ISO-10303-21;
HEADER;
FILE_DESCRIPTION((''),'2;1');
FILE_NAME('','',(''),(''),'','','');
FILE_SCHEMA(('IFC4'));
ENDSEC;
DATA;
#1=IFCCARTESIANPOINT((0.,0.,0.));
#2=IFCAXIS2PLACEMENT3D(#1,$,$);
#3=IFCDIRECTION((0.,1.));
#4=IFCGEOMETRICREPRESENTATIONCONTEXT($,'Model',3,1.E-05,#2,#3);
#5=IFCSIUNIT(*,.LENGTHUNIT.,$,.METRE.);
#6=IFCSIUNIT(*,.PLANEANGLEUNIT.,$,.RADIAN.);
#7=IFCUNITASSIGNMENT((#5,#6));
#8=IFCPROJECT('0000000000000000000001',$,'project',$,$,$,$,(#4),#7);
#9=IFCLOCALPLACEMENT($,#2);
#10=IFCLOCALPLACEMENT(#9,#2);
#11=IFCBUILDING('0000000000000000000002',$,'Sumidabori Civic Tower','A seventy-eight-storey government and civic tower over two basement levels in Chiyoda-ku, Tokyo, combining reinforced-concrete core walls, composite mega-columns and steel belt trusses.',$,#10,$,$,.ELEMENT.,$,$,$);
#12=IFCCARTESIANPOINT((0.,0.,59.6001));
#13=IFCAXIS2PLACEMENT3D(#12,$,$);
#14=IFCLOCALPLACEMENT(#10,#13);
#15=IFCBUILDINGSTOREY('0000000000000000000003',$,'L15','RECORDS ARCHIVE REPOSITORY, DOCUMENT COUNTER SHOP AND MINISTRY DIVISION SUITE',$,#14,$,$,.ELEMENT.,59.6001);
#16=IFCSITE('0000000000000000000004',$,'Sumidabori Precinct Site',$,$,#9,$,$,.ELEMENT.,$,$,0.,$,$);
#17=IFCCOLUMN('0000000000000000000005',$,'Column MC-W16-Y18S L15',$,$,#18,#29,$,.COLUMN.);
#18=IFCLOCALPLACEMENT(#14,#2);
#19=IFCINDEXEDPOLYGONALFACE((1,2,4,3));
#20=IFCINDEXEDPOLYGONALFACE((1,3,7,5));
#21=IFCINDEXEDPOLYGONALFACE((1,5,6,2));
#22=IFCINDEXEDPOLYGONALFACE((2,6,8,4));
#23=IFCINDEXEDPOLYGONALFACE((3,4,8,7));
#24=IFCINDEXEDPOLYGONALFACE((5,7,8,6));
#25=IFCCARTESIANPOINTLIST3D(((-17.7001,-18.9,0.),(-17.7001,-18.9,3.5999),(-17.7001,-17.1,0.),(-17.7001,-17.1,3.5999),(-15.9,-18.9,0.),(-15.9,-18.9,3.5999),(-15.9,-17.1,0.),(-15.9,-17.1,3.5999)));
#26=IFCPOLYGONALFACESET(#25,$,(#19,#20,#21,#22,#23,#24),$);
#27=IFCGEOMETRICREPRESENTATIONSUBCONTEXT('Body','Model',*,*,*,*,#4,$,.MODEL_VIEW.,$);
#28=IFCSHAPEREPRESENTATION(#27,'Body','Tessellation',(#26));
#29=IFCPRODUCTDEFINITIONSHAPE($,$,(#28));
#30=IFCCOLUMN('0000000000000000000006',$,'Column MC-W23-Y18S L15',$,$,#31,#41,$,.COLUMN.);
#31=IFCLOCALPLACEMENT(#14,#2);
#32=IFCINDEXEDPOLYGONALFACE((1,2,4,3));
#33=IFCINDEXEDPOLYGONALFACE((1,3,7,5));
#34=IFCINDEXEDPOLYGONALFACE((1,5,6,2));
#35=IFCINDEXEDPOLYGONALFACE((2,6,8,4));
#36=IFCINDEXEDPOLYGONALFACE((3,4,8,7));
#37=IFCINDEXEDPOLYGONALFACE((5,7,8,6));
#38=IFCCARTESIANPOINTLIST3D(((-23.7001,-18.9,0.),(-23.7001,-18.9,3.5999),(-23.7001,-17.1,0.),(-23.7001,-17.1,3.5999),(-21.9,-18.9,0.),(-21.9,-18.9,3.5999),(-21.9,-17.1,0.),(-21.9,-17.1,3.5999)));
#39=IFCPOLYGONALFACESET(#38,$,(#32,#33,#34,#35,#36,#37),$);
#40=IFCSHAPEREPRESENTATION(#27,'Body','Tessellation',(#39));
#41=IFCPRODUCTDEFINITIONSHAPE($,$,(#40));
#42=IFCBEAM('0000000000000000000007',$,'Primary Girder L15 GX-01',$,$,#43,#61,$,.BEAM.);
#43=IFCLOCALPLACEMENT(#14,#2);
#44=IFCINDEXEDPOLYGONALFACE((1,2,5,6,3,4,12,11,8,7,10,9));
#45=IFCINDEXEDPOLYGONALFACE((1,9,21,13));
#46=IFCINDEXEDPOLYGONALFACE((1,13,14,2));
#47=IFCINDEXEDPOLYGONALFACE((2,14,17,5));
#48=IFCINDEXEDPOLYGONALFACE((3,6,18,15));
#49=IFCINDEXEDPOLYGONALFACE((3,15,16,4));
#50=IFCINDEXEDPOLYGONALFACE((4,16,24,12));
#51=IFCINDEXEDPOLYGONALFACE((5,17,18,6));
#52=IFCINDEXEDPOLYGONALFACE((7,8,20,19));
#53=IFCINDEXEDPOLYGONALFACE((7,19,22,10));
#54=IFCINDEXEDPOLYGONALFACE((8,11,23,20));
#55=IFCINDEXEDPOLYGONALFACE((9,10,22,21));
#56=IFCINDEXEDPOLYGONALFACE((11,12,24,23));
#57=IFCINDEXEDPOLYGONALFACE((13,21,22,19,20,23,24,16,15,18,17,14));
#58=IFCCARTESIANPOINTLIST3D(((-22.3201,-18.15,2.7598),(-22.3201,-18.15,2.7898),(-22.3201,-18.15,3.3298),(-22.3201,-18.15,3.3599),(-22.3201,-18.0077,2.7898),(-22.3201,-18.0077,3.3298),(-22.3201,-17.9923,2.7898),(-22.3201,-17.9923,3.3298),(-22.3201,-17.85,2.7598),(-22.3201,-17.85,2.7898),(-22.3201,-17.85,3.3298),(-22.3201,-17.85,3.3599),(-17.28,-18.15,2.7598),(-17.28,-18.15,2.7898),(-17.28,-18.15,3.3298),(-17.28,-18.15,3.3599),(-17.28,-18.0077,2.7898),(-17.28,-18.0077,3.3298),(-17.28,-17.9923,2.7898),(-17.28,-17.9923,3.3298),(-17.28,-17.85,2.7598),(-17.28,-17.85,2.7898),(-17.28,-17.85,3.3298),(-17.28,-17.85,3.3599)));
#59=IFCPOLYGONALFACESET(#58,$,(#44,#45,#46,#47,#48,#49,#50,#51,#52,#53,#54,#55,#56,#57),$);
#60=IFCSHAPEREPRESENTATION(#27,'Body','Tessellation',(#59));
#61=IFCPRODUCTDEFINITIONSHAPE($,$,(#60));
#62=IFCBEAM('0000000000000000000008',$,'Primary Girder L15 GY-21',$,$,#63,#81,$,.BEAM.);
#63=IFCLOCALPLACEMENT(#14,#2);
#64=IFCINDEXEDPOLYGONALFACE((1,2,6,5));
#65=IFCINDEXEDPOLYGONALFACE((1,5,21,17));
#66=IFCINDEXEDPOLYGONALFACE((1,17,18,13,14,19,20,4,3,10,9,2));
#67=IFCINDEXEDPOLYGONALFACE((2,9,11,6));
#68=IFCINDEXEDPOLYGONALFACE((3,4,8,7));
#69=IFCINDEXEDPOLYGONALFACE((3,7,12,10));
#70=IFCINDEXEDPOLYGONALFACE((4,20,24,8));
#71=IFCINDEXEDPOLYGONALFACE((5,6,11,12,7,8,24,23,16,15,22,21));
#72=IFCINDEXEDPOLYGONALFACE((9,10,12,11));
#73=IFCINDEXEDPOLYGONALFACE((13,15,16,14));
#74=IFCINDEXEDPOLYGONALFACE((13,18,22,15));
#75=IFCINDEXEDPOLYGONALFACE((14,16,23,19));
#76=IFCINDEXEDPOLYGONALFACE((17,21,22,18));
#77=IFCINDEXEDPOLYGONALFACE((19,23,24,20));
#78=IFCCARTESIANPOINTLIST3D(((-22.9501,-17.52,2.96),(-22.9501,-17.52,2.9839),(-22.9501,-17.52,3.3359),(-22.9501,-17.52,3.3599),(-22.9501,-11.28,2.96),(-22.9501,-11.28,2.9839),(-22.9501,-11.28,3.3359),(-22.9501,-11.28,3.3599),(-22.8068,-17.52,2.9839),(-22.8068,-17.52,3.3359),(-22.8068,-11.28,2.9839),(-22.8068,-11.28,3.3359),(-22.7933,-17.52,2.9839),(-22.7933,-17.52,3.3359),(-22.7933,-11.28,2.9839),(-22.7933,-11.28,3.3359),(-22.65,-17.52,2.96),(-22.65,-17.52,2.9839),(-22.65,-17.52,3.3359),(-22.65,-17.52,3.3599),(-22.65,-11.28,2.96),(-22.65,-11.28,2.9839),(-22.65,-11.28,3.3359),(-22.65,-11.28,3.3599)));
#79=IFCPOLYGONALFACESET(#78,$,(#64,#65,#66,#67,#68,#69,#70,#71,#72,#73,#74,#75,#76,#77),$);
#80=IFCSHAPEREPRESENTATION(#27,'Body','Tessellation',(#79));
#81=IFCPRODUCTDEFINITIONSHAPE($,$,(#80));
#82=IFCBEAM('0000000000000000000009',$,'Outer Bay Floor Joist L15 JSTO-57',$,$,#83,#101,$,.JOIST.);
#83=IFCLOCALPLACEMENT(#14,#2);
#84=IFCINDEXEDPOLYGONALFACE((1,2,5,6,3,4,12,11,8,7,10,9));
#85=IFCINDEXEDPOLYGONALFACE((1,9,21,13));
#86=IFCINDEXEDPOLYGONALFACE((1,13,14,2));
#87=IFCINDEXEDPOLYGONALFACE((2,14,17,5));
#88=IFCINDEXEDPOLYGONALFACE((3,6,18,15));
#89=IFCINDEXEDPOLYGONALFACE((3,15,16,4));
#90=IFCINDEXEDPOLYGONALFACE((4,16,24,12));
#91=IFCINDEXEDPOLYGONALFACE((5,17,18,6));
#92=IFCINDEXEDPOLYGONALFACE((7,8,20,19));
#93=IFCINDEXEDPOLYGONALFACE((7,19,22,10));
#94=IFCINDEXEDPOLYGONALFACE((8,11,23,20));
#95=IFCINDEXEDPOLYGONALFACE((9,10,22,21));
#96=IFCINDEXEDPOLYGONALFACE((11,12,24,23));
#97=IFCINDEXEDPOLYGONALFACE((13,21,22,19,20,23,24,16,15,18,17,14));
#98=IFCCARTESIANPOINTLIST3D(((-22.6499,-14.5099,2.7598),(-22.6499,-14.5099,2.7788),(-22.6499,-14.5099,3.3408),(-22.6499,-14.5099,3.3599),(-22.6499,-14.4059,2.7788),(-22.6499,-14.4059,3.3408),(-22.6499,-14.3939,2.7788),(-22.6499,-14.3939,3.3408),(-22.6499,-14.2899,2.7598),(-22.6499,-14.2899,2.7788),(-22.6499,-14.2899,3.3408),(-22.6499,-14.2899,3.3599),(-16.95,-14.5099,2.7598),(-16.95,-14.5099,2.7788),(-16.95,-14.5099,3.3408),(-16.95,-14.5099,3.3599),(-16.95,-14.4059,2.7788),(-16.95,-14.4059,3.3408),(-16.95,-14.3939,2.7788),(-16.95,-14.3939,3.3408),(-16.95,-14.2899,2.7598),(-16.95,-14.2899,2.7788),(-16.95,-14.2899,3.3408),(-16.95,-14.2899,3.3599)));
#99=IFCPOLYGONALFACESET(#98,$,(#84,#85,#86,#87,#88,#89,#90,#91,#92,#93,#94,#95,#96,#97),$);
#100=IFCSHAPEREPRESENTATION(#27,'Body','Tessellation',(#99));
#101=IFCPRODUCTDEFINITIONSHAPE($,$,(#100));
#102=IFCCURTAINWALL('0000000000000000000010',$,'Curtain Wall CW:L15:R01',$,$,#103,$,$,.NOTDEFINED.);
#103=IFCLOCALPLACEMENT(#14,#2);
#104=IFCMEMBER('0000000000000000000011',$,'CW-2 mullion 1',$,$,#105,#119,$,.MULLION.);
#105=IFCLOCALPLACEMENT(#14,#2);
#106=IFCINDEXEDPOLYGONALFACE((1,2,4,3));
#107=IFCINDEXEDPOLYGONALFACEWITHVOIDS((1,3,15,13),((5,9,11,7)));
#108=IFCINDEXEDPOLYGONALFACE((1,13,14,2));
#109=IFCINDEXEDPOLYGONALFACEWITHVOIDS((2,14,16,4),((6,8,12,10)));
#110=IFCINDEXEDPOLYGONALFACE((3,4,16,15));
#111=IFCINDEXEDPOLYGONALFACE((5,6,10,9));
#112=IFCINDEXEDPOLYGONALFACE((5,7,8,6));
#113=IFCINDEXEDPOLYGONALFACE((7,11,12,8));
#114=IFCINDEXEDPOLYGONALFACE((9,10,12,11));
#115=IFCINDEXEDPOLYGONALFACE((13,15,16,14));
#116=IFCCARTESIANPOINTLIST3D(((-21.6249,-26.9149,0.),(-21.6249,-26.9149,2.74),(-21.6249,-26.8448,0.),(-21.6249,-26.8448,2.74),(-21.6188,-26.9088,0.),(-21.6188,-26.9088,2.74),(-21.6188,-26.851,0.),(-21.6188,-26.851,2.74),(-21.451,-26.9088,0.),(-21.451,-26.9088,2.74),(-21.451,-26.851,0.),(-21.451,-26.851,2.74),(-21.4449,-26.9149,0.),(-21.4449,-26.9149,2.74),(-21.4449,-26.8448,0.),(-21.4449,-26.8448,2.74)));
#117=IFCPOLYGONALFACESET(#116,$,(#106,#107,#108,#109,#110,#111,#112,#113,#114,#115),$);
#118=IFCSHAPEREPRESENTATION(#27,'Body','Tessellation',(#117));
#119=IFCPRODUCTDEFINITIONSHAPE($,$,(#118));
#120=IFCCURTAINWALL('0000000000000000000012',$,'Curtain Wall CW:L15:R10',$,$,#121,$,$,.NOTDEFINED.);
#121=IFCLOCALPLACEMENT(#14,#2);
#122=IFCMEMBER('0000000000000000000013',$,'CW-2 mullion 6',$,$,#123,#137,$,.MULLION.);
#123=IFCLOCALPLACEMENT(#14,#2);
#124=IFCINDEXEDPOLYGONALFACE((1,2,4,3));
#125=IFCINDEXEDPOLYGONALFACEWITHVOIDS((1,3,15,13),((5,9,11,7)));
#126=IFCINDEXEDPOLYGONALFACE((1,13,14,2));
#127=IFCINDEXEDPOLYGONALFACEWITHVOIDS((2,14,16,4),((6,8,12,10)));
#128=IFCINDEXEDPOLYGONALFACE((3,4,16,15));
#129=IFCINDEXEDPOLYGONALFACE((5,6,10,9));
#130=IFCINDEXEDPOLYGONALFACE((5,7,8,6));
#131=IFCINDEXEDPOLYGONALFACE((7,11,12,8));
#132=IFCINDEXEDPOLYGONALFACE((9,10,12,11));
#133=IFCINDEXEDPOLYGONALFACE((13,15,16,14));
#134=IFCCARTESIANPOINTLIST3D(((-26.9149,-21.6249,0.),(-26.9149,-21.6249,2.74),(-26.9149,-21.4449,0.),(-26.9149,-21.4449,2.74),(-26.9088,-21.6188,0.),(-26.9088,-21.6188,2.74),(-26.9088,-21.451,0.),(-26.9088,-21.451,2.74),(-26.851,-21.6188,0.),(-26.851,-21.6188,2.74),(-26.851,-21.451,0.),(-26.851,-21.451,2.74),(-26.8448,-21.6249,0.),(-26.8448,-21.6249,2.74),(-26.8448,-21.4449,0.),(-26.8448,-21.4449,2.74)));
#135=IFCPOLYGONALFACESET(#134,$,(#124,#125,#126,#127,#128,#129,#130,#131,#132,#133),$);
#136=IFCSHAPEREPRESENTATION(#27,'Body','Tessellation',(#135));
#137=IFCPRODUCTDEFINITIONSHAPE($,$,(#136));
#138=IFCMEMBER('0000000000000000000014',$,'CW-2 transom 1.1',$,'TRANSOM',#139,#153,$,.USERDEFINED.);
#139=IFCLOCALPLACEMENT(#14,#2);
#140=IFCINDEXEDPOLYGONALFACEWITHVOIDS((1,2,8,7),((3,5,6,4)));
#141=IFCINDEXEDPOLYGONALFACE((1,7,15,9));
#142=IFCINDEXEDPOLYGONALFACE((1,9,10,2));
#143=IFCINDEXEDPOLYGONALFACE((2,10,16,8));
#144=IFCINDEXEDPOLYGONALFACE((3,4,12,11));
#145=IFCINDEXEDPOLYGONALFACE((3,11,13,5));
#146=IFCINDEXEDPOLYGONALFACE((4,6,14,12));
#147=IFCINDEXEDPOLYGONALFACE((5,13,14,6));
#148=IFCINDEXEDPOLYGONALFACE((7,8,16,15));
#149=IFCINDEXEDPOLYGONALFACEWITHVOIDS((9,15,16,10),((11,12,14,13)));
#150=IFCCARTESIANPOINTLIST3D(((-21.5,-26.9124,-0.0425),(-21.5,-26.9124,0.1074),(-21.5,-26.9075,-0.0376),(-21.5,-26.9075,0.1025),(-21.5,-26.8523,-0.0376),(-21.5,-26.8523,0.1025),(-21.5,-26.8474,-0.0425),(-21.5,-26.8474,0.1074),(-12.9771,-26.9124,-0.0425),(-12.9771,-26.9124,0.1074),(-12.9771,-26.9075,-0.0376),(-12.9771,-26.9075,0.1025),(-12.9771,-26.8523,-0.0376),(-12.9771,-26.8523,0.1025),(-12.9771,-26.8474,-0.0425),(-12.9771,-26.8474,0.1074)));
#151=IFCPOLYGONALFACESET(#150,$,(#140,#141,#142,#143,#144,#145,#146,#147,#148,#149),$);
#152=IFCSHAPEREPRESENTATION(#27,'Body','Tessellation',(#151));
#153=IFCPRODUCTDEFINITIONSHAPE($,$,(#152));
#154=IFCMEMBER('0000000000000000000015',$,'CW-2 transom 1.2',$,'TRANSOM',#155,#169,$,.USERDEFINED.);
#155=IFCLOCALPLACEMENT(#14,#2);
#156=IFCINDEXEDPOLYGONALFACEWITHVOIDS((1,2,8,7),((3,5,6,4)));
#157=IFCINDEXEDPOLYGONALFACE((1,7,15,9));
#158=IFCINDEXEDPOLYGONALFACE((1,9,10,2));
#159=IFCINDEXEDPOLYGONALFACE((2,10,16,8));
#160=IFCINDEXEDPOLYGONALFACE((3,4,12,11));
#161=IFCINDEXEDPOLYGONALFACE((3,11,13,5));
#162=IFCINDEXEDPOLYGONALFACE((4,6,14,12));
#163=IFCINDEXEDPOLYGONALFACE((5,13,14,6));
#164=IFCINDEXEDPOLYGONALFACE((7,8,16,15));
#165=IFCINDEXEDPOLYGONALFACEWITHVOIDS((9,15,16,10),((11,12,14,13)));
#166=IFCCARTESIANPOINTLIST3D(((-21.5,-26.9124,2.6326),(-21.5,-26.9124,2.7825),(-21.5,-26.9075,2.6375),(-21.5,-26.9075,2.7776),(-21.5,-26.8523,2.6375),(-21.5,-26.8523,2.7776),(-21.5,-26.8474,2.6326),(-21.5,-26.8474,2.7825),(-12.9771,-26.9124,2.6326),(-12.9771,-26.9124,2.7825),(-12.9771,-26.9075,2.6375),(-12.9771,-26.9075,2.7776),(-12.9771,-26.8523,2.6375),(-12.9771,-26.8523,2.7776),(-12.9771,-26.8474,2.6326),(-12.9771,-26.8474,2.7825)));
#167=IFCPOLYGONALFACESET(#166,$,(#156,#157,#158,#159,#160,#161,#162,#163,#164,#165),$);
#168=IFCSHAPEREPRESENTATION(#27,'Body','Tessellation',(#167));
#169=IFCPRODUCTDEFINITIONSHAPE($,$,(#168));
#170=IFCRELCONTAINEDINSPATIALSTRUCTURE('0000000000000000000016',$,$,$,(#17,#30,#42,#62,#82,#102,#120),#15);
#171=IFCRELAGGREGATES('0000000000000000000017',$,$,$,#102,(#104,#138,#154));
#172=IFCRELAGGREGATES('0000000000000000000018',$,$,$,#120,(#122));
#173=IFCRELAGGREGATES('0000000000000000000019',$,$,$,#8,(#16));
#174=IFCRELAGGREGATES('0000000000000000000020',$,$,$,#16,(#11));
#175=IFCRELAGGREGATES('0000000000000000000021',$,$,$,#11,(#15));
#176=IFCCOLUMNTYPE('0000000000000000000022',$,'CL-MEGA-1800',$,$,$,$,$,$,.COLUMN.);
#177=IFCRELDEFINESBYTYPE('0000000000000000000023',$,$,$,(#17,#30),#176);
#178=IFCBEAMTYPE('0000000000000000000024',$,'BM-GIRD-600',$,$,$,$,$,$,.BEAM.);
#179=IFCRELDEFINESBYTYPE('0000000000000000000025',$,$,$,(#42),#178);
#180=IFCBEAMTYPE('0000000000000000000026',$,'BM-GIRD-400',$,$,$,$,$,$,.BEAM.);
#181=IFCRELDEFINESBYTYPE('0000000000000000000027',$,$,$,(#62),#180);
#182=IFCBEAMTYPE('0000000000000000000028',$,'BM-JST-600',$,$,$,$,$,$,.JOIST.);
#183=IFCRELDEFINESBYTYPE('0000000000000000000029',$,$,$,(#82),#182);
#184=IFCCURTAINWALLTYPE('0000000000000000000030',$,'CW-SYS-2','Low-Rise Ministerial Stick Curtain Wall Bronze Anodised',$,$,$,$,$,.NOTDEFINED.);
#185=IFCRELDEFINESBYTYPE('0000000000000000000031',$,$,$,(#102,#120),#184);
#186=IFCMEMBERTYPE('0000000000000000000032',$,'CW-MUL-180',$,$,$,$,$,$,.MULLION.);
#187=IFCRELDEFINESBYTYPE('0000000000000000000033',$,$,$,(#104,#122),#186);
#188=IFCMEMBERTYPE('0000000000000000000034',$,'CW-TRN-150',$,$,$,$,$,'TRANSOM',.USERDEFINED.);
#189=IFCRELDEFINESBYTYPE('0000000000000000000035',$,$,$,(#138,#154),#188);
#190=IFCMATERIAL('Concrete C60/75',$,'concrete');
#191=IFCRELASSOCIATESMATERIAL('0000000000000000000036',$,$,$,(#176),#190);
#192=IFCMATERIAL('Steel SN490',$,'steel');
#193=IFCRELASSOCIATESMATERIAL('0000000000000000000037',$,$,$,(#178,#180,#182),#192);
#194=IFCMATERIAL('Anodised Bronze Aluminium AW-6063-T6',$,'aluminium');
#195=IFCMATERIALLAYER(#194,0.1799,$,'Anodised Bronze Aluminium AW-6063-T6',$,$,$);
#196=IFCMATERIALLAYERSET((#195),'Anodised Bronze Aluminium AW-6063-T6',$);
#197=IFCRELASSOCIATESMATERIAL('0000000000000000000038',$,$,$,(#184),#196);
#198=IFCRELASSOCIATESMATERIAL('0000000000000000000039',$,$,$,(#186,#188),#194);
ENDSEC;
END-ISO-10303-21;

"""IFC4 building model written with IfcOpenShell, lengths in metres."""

from ifc_helpers import new_model, si_unit, direction, frame, origin, origin_2d, place, context, subcontext, project, spatial, rectangle, hollow_rectangle, i_section, extrude, source, transform, mapped, material, layer, layer_set, material_profile, profile_set, type_object, element, aggregate, save


model = new_model("IFC4")

# Units and contexts
model_context = context("Model", 3, precision=1e-05, world=origin(), true_north=direction((0.0, 1.0)))
body_context = subcontext(model_context, "Body", "Model", "MODEL_VIEW")
ifc_project = project(units=[si_unit("LENGTHUNIT", "METRE"), si_unit("PLANEANGLEUNIT", "RADIAN")], contexts=[model_context])

# Site, building, storey
site_placement = place(None, origin())
site = spatial("IfcSite", under=ifc_project, at=site_placement, Name="Sumidabori Precinct Site", CompositionType="ELEMENT", RefElevation=0.0)
building_placement = place(site_placement, origin())
building = spatial("IfcBuilding", under=site, at=building_placement, Name="Sumidabori Civic Tower", Description="A seventy-eight-storey government and civic tower over two basement levels in Chiyoda-ku, Tokyo, combining reinforced-concrete core walls, composite mega-columns and steel belt trusses.", CompositionType="ELEMENT")
storey_placement = place(building_placement, frame((0.0, 0.0, 59.6001)))
storey = spatial("IfcBuildingStorey", under=building, at=storey_placement, Name="L15", Description="RECORDS ARCHIVE REPOSITORY, DOCUMENT COUNTER SHOP AND MINISTRY DIVISION SUITE", CompositionType="ELEMENT", Elevation=59.6001)

# Columns
ifc_material_1 = material(Name="Concrete C60/75", Category="concrete")
ifc_material_profile_1 = material_profile(ifc_material_1, rectangle(XDim=1.8, YDim=1.8, at=origin_2d()), Name="RC 1800x1800")
ifc_profile_set_1 = profile_set([ifc_material_profile_1], Name="Concrete C60/75")
column_type = type_object("IfcColumnType", Name="CL-MEGA-1800", PredefinedType="COLUMN", material=ifc_profile_set_1)
shared_shape_1 = source(origin(), body_context, "Body", "SweptSolid", [
    extrude(rectangle(XDim=1.8, YDim=1.8, at=origin_2d()), origin(), (0.0, 0.0, 1.0), 3.5999),
])
for number, where, z_axis, x_axis, name in (
    (1, (-16.8, -18.0, 0.0), (0.0, 0.0, 1.0), (1.0, 0.0, 0.0), "Column MC-W16-Y18S L15"),
    (2, (-22.8, -18.0, 0.0), (0.0, 0.0, 1.0), (1.0, 0.0, 0.0), "Column MC-W23-Y18S L15"),
):
    element("IfcColumn", number, at=place(storey_placement, frame(where, z_axis=z_axis, x_axis=x_axis)), inside=storey, type_object=column_type, Name=name, PredefinedType="COLUMN", context=body_context, shape_type="MappedRepresentation", body=[
        mapped(shared_shape_1, transform((0.0, 0.0, 0.0), x_axis=(1.0, 0.0, 0.0), y_axis=(0.0, 1.0, 0.0), z_axis=(0.0, 0.0, 1.0), scale=1.0)),
    ])

# Beams
ifc_material_2 = material(Name="Steel SN490", Category="steel")
ifc_material_profile_2 = material_profile(ifc_material_2, i_section(OverallWidth=0.3, OverallDepth=0.6001, WebThickness=0.0154, FlangeThickness=0.03, at=origin_2d()), Name="HE 600 B")
ifc_profile_set_2 = profile_set([ifc_material_profile_2], Name="Steel SN490")
beam_type_1 = type_object("IfcBeamType", Name="BM-GIRD-600", PredefinedType="BEAM", material=ifc_profile_set_2)
shared_shape_2 = source(origin(), body_context, "Body", "SweptSolid", [
    extrude(i_section(OverallWidth=0.3, OverallDepth=0.6001, WebThickness=0.0154, FlangeThickness=0.03, at=origin_2d()), origin(), (0.0, 0.0, 1.0), 5.04),
])
beam_1_placement = place(storey_placement, frame((-22.3201, -18.0, 3.0598), z_axis=(1.0, 0.0, 0.0), x_axis=(0.0, 1.0, 0.0)))
element("IfcBeam", 3, at=beam_1_placement, inside=storey, type_object=beam_type_1, Name="Primary Girder L15 GX-01", PredefinedType="BEAM", context=body_context, shape_type="MappedRepresentation", body=[
    mapped(shared_shape_2, transform((0.0, 0.0, 0.0), x_axis=(1.0, 0.0, 0.0), y_axis=(0.0, 1.0, 0.0), z_axis=(0.0, 0.0, 1.0), scale=1.0)),
])
ifc_material_profile_3 = material_profile(ifc_material_2, i_section(OverallWidth=0.3, OverallDepth=0.3999, WebThickness=0.0134, FlangeThickness=0.0239, at=origin_2d()), Name="HE 400 B")
ifc_profile_set_3 = profile_set([ifc_material_profile_3], Name="Steel SN490")
beam_type_2 = type_object("IfcBeamType", Name="BM-GIRD-400", PredefinedType="BEAM", material=ifc_profile_set_3)
shared_shape_3 = source(origin(), body_context, "Body", "SweptSolid", [
    extrude(i_section(OverallWidth=0.3, OverallDepth=0.3999, WebThickness=0.0134, FlangeThickness=0.0239, at=origin_2d()), origin(), (0.0, 0.0, 1.0), 6.24),
])
beam_2_placement = place(storey_placement, frame((-22.8, -17.52, 3.1599), z_axis=(0.0, 1.0, 0.0), x_axis=(-1.0, 0.0, 0.0)))
element("IfcBeam", 4, at=beam_2_placement, inside=storey, type_object=beam_type_2, Name="Primary Girder L15 GY-21", PredefinedType="BEAM", context=body_context, shape_type="MappedRepresentation", body=[
    mapped(shared_shape_3, transform((0.0, 0.0, 0.0), x_axis=(1.0, 0.0, 0.0), y_axis=(0.0, 1.0, 0.0), z_axis=(0.0, 0.0, 1.0), scale=1.0)),
])
ifc_material_profile_4 = material_profile(ifc_material_2, i_section(OverallWidth=0.22, OverallDepth=0.6001, WebThickness=0.012, FlangeThickness=0.019, at=origin_2d()), Name="IPE 600")
ifc_profile_set_4 = profile_set([ifc_material_profile_4], Name="Steel SN490")
beam_type_3 = type_object("IfcBeamType", Name="BM-JST-600", PredefinedType="JOIST", material=ifc_profile_set_4)
shared_shape_4 = source(origin(), body_context, "Body", "SweptSolid", [
    extrude(i_section(OverallWidth=0.22, OverallDepth=0.6001, WebThickness=0.012, FlangeThickness=0.019, at=origin_2d()), origin(), (0.0, 0.0, 1.0), 5.7),
])
beam_3_placement = place(storey_placement, frame((-22.6499, -14.3999, 3.0598), z_axis=(1.0, 0.0, 0.0), x_axis=(0.0, 1.0, 0.0)))
element("IfcBeam", 5, at=beam_3_placement, inside=storey, type_object=beam_type_3, Name="Outer Bay Floor Joist L15 JSTO-57", PredefinedType="JOIST", context=body_context, shape_type="MappedRepresentation", body=[
    mapped(shared_shape_4, transform((0.0, 0.0, 0.0), x_axis=(1.0, 0.0, 0.0), y_axis=(0.0, 1.0, 0.0), z_axis=(0.0, 0.0, 1.0), scale=1.0)),
])

# Curtain walls, members
ifc_material_3 = material(Name="Anodised Bronze Aluminium AW-6063-T6", Category="aluminium")
ifc_layer_1 = layer(ifc_material_3, 0.1799, Name="Anodised Bronze Aluminium AW-6063-T6")
ifc_layer_set_1 = layer_set([ifc_layer_1], Name="Anodised Bronze Aluminium AW-6063-T6")
curtain_wall_type = type_object("IfcCurtainWallType", Name="CW-SYS-2", Description="Low-Rise Ministerial Stick Curtain Wall Bronze Anodised", PredefinedType="NOTDEFINED", material=ifc_layer_set_1)
curtain_wall_1_placement = place(storey_placement, origin())
curtain_wall_1 = element("IfcCurtainWall", 6, at=curtain_wall_1_placement, inside=storey, type_object=curtain_wall_type, Name="Curtain Wall CW:L15:R01", PredefinedType="NOTDEFINED")
ifc_material_profile_5 = material_profile(ifc_material_3, hollow_rectangle(XDim=0.0701, YDim=0.1799, WallThickness=0.0061, at=origin_2d()), Name="ALU MULLION 180x70")
ifc_profile_set_5 = profile_set([ifc_material_profile_5], Name="Anodised Bronze Aluminium AW-6063-T6")
member_type_1 = type_object("IfcMemberType", Name="CW-MUL-180", PredefinedType="MULLION", material=ifc_profile_set_5)
shared_shape_5 = source(origin(), body_context, "Body", "SweptSolid", [
    extrude(hollow_rectangle(XDim=0.0701, YDim=0.1799, WallThickness=0.0061, at=origin_2d()), origin(), (0.0, 0.0, 1.0), 2.74),
])
member_1_placement = place(storey_placement, frame((-21.5349, -26.8799, 0.0), z_axis=(0.0, 0.0, 1.0), x_axis=(0.0, 1.0, 0.0)))
member_1 = element("IfcMember", 7, at=member_1_placement, type_object=member_type_1, Name="CW-2 mullion 1", PredefinedType="MULLION", context=body_context, shape_type="MappedRepresentation", body=[
    mapped(shared_shape_5, transform((0.0, 0.0, 0.0), x_axis=(1.0, 0.0, 0.0), y_axis=(0.0, 1.0, 0.0), z_axis=(0.0, 0.0, 1.0), scale=1.0)),
])
curtain_wall_2_placement = place(storey_placement, origin())
curtain_wall_2 = element("IfcCurtainWall", 8, at=curtain_wall_2_placement, inside=storey, type_object=curtain_wall_type, Name="Curtain Wall CW:L15:R10", PredefinedType="NOTDEFINED")
member_2_placement = place(storey_placement, frame((-26.8799, -21.5349, 0.0), z_axis=(0.0, 0.0, 1.0), x_axis=(1.0, 0.0, 0.0)))
member_2 = element("IfcMember", 9, at=member_2_placement, type_object=member_type_1, Name="CW-2 mullion 6", PredefinedType="MULLION", context=body_context, shape_type="MappedRepresentation", body=[
    mapped(shared_shape_5, transform((0.0, 0.0, 0.0), x_axis=(1.0, 0.0, 0.0), y_axis=(0.0, 1.0, 0.0), z_axis=(0.0, 0.0, 1.0), scale=1.0)),
])

# Members
ifc_material_profile_6 = material_profile(ifc_material_3, hollow_rectangle(XDim=0.0649, YDim=0.1499, WallThickness=0.0049, at=origin_2d()), Name="ALU TRANSOM 150x65")
ifc_profile_set_6 = profile_set([ifc_material_profile_6], Name="Anodised Bronze Aluminium AW-6063-T6")
member_type_2 = type_object("IfcMemberType", Name="CW-TRN-150", ElementType="TRANSOM", PredefinedType="USERDEFINED", material=ifc_profile_set_6)
shared_shape_6 = source(origin(), body_context, "Body", "SweptSolid", [
    extrude(hollow_rectangle(XDim=0.0649, YDim=0.1499, WallThickness=0.0049, at=origin_2d()), origin(), (0.0, 0.0, 1.0), 8.5229),
])
member_3_placement = place(storey_placement, frame((-21.5, -26.8799, 0.0325), z_axis=(1.0, 0.0, 0.0), x_axis=(0.0, 1.0, 0.0)))
member_3 = element("IfcMember", 10, at=member_3_placement, type_object=member_type_2, Name="CW-2 transom 1.1", ObjectType="TRANSOM", PredefinedType="USERDEFINED", context=body_context, shape_type="MappedRepresentation", body=[
    mapped(shared_shape_6, transform((0.0, 0.0, 0.0), x_axis=(1.0, 0.0, 0.0), y_axis=(0.0, 1.0, 0.0), z_axis=(0.0, 0.0, 1.0), scale=1.0)),
])
member_4_placement = place(storey_placement, frame((-21.5, -26.8799, 2.7075), z_axis=(1.0, 0.0, 0.0), x_axis=(0.0, 1.0, 0.0)))
member_4 = element("IfcMember", 11, at=member_4_placement, type_object=member_type_2, Name="CW-2 transom 1.2", ObjectType="TRANSOM", PredefinedType="USERDEFINED", context=body_context, shape_type="MappedRepresentation", body=[
    mapped(shared_shape_6, transform((0.0, 0.0, 0.0), x_axis=(1.0, 0.0, 0.0), y_axis=(0.0, 1.0, 0.0), z_axis=(0.0, 0.0, 1.0), scale=1.0)),
])

aggregate(curtain_wall_1, [member_1, member_3, member_4])
aggregate(curtain_wall_2, [member_2])

save(model, "model.ifc")
